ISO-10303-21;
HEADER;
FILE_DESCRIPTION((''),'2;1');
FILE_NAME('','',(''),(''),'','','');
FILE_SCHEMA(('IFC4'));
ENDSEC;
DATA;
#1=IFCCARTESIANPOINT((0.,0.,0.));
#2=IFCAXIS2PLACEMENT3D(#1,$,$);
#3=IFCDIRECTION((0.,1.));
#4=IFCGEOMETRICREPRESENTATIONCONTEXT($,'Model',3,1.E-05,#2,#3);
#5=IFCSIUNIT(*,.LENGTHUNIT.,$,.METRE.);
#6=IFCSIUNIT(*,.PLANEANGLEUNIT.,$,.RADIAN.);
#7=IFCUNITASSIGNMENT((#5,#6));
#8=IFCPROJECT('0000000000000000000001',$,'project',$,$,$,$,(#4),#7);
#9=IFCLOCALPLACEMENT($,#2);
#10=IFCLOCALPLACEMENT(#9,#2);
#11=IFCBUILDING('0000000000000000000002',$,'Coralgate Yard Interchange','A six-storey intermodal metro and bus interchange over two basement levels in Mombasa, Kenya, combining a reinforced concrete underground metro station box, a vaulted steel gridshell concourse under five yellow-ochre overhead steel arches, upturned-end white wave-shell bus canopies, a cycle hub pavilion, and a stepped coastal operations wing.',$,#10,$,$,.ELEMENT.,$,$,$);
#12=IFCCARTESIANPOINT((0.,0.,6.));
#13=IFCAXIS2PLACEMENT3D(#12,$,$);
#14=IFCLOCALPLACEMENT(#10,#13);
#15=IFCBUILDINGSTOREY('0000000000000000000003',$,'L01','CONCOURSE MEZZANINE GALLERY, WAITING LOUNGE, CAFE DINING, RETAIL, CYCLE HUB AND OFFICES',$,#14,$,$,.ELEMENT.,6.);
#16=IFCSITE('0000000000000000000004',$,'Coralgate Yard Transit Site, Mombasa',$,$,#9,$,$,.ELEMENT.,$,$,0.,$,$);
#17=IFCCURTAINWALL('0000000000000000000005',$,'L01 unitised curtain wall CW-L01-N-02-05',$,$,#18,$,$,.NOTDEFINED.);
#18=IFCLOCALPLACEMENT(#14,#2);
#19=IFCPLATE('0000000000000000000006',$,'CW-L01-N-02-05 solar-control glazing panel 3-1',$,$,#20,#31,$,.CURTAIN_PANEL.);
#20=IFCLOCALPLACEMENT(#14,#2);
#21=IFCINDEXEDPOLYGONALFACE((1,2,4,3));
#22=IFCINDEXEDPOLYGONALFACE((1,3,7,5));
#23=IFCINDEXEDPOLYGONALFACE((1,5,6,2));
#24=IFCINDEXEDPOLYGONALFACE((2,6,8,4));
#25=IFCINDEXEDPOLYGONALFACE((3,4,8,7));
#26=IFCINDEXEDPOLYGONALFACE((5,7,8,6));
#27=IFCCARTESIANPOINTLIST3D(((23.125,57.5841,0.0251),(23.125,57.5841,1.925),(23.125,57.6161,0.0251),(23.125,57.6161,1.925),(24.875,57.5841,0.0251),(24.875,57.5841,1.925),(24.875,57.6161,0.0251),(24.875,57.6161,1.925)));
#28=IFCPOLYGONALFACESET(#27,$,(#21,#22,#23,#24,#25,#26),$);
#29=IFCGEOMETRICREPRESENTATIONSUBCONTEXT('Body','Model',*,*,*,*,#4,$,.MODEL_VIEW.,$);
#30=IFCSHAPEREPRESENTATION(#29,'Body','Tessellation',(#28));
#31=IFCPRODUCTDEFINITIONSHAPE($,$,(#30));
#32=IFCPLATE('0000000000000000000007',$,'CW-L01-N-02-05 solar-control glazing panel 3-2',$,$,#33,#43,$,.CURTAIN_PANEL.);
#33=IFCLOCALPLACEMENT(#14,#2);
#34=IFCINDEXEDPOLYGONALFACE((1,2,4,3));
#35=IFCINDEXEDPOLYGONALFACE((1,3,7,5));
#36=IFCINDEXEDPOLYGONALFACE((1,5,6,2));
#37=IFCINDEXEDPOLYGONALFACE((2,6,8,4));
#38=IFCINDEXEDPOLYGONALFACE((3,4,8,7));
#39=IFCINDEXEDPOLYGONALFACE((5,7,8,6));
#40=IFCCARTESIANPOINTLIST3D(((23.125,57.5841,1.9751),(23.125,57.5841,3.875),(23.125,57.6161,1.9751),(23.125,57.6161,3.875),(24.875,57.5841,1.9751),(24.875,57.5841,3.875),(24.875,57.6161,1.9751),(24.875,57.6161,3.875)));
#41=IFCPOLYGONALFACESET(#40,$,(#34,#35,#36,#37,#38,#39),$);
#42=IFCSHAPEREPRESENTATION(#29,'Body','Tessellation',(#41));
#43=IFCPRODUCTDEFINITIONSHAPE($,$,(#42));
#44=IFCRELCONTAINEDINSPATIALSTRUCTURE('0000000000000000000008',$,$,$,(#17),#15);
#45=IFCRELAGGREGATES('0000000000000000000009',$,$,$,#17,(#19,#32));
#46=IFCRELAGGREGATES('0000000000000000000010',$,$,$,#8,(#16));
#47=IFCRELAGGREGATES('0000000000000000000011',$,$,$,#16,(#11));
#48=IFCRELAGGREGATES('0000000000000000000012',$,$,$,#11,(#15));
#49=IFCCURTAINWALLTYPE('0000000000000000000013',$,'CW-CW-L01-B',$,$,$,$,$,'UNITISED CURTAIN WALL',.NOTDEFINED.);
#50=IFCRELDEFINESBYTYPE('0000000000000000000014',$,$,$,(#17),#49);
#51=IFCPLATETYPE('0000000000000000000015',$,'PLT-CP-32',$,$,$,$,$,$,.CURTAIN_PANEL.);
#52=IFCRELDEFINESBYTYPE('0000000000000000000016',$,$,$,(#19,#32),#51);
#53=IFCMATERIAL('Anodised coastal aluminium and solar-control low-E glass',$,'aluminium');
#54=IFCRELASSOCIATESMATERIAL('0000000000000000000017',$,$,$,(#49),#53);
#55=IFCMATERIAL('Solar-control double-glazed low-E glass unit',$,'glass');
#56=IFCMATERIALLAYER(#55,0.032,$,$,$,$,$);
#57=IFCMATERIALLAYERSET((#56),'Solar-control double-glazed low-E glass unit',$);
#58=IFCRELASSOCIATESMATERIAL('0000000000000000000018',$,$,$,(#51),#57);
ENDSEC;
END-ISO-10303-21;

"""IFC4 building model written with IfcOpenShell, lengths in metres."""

from ifc_helpers import new_model, si_unit, direction, frame, origin, origin_2d, place, context, subcontext, project, spatial, rectangle, extrude, material, layer, layer_set, type_object, element, aggregate, save


model = new_model("IFC4")

# Units and contexts
model_context = context("Model", 3, precision=1e-05, world=origin(), true_north=direction((0.0, 1.0)))
body_context = subcontext(model_context, "Body", "Model", "MODEL_VIEW")
ifc_project = project(units=[si_unit("LENGTHUNIT", "METRE"), si_unit("PLANEANGLEUNIT", "RADIAN")], contexts=[model_context])

# Site, building, storey
site_placement = place(None, origin())
site = spatial("IfcSite", under=ifc_project, at=site_placement, Name="Coralgate Yard Transit Site, Mombasa", CompositionType="ELEMENT", RefElevation=0.0)
building_placement = place(site_placement, origin())
building = spatial("IfcBuilding", under=site, at=building_placement, Name="Coralgate Yard Interchange", Description="A six-storey intermodal metro and bus interchange over two basement levels in Mombasa, Kenya, combining a reinforced concrete underground metro station box, a vaulted steel gridshell concourse under five yellow-ochre overhead steel arches, upturned-end white wave-shell bus canopies, a cycle hub pavilion, and a stepped coastal operations wing.", CompositionType="ELEMENT")
storey_placement = place(building_placement, frame((0.0, 0.0, 6.0)))
storey = spatial("IfcBuildingStorey", under=building, at=storey_placement, Name="L01", Description="CONCOURSE MEZZANINE GALLERY, WAITING LOUNGE, CAFE DINING, RETAIL, CYCLE HUB AND OFFICES", CompositionType="ELEMENT", Elevation=6.0)

# Curtain wall, plates
ifc_material_1 = material(Name="Anodised coastal aluminium and solar-control low-E glass", Category="aluminium")
curtain_wall_type = type_object("IfcCurtainWallType", Name="CW-CW-L01-B", ElementType="UNITISED CURTAIN WALL", PredefinedType="NOTDEFINED", material=ifc_material_1)
curtain_wall_placement = place(storey_placement, origin())
curtain_wall = element("IfcCurtainWall", 1, at=curtain_wall_placement, inside=storey, type_object=curtain_wall_type, Name="L01 unitised curtain wall CW-L01-N-02-05", PredefinedType="NOTDEFINED")
ifc_material_2 = material(Name="Solar-control double-glazed low-E glass unit", Category="glass")
ifc_layer = layer(ifc_material_2, 0.032)
ifc_layer_set = layer_set([ifc_layer], Name="Solar-control double-glazed low-E glass unit")
plate_type = type_object("IfcPlateType", Name="PLT-CP-32", PredefinedType="CURTAIN_PANEL", material=ifc_layer_set)
plate_1_placement = place(storey_placement, frame((24.0, 57.6001, 0.0251), z_axis=(0.0, 0.0, 1.0), x_axis=(1.0, 0.0, 0.0)))
plate_1 = element("IfcPlate", 2, at=plate_1_placement, type_object=plate_type, Name="CW-L01-N-02-05 solar-control glazing panel 3-1", PredefinedType="CURTAIN_PANEL", context=body_context, shape_type="SweptSolid", body=[
    extrude(rectangle(XDim=1.75, YDim=0.032, at=origin_2d()), origin(), (0.0, 0.0, 1.0), 1.8999),
])
plate_2_placement = place(storey_placement, frame((24.0, 57.6001, 1.9751), z_axis=(0.0, 0.0, 1.0), x_axis=(1.0, 0.0, 0.0)))
plate_2 = element("IfcPlate", 3, at=plate_2_placement, type_object=plate_type, Name="CW-L01-N-02-05 solar-control glazing panel 3-2", PredefinedType="CURTAIN_PANEL", context=body_context, shape_type="SweptSolid", body=[
    extrude(rectangle(XDim=1.75, YDim=0.032, at=origin_2d()), origin(), (0.0, 0.0, 1.0), 1.8999),
])
aggregate(curtain_wall, [plate_1, plate_2])

save(model, "model.ifc")
